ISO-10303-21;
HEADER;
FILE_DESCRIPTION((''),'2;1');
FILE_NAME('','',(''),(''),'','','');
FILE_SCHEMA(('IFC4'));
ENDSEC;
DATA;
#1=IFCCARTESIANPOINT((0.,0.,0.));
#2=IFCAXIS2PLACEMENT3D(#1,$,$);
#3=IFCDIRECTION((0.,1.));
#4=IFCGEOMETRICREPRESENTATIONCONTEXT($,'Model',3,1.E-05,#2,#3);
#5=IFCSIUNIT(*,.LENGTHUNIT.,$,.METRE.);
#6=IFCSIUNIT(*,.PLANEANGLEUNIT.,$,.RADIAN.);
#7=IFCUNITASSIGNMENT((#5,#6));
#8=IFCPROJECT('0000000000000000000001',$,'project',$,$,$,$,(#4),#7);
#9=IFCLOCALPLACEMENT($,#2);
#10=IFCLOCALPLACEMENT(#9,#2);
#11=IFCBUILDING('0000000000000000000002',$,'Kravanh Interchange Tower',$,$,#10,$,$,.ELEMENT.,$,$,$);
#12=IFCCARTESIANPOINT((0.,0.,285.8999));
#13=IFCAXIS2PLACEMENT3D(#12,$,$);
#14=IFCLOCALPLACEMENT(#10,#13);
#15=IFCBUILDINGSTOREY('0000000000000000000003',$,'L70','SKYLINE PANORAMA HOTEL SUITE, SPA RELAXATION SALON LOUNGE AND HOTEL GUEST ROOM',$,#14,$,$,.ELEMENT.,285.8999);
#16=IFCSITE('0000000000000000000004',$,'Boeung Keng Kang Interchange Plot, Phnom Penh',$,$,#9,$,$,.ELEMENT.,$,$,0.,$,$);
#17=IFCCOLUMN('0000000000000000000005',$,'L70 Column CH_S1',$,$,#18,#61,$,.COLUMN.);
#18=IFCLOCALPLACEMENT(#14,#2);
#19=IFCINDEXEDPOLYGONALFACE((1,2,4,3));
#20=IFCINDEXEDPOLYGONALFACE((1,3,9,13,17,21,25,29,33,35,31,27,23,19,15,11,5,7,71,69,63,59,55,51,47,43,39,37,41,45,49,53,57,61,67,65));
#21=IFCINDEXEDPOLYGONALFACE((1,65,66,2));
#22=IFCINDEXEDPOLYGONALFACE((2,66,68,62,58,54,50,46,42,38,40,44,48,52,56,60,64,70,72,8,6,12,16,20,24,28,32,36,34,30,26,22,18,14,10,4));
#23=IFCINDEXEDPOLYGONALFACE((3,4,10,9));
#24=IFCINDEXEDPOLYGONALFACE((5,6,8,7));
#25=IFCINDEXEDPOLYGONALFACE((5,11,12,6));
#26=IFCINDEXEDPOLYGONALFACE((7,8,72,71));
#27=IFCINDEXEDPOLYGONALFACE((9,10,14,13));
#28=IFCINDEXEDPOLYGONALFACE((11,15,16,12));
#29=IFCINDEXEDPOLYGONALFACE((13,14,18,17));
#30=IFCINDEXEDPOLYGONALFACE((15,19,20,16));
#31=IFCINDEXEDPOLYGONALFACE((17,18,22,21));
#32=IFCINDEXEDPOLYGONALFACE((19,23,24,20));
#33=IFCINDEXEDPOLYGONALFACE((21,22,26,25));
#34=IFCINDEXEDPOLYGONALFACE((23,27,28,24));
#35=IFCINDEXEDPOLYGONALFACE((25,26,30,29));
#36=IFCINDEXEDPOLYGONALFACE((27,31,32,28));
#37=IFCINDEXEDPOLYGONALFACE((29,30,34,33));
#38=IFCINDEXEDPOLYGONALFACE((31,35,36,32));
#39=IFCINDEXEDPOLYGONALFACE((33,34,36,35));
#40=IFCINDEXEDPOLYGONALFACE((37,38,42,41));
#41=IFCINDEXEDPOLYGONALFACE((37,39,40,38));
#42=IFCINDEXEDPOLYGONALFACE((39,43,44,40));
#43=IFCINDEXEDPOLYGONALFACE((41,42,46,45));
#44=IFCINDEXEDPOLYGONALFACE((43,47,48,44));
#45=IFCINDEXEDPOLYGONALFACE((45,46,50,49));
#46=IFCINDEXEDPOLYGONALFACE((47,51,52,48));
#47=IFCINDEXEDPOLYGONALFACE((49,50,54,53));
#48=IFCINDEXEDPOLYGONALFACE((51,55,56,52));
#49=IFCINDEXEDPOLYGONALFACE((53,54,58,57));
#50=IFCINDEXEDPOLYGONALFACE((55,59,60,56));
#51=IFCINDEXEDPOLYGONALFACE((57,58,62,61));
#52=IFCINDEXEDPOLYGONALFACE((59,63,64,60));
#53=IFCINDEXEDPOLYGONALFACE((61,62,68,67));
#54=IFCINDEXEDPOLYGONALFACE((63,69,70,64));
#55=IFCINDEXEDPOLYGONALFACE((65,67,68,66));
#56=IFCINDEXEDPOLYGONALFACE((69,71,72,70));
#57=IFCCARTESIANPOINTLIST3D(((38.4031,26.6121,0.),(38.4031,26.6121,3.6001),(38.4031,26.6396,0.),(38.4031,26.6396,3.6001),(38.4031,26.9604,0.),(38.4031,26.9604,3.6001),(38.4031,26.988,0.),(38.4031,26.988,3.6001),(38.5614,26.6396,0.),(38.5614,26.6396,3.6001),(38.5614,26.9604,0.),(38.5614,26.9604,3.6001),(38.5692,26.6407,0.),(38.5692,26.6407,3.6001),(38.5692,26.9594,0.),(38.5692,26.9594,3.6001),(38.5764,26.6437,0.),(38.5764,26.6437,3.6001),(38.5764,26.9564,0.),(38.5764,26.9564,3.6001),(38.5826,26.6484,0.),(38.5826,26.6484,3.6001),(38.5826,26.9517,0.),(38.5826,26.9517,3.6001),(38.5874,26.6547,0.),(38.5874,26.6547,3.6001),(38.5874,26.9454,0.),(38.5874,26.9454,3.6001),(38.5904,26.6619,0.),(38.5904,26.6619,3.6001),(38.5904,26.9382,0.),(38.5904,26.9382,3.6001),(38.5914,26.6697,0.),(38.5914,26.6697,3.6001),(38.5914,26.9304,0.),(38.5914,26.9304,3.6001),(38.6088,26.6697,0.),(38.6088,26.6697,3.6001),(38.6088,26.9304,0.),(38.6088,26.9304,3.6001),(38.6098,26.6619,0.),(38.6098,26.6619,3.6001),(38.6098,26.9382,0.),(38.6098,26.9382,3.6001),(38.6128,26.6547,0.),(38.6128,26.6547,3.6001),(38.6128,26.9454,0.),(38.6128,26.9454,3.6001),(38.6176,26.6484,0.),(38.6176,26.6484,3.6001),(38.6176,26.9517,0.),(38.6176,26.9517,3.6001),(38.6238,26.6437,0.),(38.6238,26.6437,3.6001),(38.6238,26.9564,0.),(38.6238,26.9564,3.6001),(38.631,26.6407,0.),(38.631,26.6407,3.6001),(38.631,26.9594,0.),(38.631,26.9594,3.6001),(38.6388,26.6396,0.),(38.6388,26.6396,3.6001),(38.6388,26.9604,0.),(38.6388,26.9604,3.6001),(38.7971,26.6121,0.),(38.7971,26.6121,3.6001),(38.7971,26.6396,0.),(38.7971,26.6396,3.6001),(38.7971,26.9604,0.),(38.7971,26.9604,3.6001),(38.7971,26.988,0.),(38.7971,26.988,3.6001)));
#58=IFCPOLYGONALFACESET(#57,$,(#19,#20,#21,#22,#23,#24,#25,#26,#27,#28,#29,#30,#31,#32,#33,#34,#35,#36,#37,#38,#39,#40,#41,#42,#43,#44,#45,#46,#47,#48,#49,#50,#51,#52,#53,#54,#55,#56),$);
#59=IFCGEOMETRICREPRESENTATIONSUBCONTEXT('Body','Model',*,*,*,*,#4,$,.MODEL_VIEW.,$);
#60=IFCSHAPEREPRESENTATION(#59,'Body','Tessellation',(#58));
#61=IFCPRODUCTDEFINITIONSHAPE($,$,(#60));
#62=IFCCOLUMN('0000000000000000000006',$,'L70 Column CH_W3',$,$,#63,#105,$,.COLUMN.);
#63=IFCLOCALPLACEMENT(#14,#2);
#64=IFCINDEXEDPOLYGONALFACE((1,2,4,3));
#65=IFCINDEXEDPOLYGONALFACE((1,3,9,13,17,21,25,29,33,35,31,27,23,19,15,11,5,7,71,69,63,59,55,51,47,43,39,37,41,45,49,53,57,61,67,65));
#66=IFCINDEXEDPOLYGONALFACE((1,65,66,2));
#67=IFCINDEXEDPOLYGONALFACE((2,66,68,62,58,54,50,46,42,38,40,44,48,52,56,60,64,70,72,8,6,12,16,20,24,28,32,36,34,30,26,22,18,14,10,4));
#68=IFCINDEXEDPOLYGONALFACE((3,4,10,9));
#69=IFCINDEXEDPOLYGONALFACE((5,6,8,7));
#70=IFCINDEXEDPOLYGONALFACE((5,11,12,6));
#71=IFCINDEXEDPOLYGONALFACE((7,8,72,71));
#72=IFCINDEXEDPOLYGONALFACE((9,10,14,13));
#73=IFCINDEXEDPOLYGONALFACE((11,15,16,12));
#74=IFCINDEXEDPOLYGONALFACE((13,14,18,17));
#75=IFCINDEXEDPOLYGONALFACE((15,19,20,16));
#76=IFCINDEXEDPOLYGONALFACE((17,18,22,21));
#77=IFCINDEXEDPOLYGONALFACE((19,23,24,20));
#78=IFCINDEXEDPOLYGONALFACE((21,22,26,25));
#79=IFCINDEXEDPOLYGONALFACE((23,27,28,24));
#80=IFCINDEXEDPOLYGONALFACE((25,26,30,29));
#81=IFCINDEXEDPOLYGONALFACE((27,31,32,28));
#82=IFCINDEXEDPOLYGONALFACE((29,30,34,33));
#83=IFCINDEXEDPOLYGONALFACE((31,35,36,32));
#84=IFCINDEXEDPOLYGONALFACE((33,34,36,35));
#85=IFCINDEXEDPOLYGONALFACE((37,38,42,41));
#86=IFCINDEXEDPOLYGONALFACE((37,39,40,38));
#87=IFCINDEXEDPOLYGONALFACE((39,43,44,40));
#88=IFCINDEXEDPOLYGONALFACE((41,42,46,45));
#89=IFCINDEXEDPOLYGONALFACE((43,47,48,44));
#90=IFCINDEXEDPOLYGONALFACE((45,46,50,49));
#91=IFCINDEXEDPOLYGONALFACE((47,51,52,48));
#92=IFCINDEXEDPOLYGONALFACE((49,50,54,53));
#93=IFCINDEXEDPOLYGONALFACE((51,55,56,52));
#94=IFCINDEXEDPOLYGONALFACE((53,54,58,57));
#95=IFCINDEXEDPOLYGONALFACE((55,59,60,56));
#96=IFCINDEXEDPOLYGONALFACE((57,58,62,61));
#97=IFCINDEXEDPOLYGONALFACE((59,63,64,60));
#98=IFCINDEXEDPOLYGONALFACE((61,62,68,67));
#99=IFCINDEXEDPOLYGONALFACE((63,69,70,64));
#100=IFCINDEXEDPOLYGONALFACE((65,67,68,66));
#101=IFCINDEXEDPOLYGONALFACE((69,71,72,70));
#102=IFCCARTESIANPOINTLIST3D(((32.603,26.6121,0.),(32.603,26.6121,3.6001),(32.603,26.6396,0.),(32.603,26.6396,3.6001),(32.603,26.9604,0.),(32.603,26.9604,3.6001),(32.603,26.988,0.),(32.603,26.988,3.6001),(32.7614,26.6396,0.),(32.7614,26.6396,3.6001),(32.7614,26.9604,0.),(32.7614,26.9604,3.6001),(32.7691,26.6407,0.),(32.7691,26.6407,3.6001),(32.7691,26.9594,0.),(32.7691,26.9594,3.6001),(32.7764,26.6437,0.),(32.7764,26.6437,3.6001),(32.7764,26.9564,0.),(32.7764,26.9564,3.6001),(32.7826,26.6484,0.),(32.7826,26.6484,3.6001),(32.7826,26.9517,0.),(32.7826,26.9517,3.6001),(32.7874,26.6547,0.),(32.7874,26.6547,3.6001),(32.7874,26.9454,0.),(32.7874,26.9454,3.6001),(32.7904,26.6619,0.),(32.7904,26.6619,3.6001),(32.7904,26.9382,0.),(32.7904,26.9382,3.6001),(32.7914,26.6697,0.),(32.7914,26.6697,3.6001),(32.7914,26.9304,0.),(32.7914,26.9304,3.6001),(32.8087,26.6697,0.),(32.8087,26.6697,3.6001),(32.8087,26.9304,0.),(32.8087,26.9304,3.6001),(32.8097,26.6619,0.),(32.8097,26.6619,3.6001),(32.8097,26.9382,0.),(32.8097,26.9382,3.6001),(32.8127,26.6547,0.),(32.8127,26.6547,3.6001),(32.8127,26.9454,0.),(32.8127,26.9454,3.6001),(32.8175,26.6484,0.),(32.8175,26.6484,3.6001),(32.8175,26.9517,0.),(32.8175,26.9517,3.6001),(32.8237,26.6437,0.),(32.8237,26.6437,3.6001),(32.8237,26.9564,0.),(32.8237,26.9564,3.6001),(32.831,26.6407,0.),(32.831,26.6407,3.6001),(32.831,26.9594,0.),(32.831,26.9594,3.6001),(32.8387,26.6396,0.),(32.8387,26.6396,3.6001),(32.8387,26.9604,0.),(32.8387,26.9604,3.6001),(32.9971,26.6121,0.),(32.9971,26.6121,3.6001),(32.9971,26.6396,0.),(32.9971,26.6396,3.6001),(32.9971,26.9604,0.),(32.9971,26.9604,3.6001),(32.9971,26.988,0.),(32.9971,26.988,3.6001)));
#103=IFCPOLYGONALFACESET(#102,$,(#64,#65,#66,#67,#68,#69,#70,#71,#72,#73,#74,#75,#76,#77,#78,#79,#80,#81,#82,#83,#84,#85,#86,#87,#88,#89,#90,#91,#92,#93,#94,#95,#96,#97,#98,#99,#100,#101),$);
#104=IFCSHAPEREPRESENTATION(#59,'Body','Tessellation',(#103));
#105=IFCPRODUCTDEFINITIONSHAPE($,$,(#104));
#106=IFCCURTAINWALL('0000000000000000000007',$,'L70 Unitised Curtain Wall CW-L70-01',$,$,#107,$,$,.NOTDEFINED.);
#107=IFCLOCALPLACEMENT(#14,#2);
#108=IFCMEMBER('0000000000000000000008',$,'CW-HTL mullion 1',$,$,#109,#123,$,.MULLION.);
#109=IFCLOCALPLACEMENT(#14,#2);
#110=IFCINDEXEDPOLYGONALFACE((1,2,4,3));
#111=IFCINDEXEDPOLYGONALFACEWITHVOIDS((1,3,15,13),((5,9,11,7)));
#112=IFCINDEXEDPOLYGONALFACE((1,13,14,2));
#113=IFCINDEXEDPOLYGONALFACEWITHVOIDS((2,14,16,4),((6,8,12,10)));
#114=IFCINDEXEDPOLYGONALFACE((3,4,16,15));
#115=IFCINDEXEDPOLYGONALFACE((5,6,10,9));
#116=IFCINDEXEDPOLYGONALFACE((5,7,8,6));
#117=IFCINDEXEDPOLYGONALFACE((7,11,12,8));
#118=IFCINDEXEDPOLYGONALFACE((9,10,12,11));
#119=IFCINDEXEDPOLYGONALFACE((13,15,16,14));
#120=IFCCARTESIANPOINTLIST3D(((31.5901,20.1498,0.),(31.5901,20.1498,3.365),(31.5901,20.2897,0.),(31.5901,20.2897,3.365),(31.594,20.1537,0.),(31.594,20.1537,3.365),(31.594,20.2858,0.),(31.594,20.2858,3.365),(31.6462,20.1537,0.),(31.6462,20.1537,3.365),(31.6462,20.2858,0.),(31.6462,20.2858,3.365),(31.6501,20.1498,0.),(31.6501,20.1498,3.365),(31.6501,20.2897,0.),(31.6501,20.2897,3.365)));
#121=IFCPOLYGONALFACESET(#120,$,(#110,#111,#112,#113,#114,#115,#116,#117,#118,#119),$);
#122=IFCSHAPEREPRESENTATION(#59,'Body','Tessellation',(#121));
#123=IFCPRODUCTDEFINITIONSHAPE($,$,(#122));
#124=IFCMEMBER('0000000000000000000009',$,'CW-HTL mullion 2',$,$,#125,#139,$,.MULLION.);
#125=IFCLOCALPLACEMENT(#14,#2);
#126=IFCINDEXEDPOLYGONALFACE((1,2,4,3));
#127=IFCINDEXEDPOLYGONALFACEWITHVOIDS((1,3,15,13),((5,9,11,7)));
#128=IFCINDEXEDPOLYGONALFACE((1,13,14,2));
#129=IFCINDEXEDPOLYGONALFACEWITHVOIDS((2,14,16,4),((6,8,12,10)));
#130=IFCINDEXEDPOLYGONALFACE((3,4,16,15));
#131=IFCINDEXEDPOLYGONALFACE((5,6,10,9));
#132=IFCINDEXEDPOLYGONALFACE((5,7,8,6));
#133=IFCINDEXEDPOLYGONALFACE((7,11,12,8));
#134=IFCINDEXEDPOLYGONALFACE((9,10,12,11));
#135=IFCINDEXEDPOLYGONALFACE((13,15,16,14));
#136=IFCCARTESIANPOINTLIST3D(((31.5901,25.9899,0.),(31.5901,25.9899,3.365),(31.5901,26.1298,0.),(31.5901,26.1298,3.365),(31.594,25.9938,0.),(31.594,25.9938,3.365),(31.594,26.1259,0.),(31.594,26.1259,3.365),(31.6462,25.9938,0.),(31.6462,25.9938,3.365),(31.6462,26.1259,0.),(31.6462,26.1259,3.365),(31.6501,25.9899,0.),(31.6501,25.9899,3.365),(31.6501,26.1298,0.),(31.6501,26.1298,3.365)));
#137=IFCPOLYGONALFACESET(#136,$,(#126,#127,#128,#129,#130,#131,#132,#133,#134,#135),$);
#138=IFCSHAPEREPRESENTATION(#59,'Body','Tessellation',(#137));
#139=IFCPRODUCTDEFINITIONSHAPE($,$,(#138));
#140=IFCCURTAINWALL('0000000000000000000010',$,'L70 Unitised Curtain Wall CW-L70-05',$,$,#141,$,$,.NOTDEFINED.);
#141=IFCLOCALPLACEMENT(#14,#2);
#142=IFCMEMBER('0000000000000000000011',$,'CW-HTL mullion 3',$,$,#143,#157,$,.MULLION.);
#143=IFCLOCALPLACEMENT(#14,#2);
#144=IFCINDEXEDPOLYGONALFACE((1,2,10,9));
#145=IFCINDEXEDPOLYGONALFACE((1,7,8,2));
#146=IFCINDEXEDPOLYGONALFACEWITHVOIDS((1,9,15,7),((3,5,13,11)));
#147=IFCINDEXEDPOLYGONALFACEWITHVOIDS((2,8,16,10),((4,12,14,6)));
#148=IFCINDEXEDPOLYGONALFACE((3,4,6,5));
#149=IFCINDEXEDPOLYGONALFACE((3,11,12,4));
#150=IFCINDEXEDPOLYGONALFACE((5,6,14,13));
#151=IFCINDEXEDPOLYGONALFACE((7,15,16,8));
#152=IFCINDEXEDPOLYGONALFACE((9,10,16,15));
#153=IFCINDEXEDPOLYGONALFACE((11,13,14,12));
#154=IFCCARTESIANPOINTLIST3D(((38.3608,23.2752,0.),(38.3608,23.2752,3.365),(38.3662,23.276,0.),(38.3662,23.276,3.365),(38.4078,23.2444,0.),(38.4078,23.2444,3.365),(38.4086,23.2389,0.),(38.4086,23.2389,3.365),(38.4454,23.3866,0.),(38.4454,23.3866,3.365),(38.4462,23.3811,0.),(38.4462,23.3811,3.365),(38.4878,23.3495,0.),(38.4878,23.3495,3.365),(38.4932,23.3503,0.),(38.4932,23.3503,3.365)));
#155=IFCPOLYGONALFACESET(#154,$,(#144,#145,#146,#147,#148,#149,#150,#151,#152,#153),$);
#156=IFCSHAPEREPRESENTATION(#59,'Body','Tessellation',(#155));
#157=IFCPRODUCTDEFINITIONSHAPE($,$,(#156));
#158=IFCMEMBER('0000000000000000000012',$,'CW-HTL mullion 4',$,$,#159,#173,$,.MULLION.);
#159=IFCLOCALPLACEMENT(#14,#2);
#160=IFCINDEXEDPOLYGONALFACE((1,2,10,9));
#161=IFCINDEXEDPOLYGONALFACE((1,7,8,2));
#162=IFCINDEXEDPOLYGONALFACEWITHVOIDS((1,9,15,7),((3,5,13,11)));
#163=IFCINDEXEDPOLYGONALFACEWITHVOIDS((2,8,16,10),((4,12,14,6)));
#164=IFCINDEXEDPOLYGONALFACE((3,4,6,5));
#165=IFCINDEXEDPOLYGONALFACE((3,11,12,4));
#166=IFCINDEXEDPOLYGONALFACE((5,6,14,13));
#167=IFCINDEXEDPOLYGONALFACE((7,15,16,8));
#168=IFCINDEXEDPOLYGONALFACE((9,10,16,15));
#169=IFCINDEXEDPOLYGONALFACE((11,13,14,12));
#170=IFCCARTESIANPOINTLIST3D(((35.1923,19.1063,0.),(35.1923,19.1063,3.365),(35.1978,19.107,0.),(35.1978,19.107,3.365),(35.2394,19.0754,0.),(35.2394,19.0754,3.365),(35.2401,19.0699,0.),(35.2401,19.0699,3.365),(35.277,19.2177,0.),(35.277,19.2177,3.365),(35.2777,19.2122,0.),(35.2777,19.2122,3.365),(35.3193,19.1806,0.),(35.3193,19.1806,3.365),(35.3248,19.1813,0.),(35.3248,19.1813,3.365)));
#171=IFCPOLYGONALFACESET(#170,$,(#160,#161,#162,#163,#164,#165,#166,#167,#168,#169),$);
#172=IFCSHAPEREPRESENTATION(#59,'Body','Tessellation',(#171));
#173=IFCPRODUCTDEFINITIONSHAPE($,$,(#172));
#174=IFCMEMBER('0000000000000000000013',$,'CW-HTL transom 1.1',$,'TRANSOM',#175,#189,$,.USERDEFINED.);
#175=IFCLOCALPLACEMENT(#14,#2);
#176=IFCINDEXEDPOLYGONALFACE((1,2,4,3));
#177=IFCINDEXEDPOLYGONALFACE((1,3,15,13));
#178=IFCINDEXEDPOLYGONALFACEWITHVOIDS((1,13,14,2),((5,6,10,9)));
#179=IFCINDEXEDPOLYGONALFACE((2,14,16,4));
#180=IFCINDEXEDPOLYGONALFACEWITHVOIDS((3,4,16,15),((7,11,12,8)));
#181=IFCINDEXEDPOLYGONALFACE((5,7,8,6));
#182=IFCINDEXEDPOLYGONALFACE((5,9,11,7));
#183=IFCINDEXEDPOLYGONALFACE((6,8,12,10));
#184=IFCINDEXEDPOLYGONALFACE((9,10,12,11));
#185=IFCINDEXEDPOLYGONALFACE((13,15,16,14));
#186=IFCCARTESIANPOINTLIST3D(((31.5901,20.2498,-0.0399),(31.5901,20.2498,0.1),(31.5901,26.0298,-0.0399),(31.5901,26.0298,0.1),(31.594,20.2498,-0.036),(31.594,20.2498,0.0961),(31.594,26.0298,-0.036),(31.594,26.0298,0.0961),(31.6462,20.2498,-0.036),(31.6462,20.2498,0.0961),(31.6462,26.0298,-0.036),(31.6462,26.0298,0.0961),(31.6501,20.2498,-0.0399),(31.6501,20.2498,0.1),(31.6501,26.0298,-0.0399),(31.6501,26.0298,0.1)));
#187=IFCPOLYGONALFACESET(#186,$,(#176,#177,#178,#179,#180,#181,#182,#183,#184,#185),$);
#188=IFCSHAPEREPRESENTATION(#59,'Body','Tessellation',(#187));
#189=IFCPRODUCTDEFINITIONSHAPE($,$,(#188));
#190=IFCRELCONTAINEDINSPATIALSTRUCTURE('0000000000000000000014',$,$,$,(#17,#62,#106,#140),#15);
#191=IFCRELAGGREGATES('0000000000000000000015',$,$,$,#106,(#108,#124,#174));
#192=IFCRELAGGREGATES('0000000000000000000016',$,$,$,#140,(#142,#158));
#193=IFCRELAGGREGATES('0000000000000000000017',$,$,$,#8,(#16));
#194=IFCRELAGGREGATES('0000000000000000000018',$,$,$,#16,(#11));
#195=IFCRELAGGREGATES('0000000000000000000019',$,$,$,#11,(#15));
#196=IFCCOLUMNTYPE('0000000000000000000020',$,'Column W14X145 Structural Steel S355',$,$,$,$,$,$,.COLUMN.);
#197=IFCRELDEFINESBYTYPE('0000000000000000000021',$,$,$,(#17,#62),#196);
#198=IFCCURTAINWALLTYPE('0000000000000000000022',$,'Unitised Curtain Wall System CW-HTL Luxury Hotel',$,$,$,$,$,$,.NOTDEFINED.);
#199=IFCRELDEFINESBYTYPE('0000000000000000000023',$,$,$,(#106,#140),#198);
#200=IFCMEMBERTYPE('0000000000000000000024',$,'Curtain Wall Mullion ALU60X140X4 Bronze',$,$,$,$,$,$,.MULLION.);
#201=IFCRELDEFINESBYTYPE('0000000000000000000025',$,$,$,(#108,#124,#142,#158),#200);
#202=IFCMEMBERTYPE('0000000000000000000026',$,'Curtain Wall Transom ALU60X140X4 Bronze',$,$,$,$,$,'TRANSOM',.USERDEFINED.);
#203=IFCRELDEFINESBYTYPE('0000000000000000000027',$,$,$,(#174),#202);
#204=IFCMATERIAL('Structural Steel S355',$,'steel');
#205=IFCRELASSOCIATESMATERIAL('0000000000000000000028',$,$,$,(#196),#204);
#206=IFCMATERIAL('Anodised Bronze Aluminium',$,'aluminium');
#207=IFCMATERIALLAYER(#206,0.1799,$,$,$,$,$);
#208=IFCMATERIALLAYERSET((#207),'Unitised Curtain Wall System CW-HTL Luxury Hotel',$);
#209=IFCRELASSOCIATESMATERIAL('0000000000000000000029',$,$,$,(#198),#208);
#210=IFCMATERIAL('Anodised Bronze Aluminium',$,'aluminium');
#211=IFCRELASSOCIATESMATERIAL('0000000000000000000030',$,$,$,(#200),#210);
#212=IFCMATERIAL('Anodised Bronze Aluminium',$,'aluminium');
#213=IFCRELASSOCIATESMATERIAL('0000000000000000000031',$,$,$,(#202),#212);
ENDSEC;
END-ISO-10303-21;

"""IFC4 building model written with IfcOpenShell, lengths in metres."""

from ifc_helpers import new_model, si_unit, direction, frame, origin, origin_2d, place, context, subcontext, project, spatial, hollow_rectangle, i_section, extrude, material, layer, layer_set, material_profile, profile_set, type_object, element, aggregate, save


model = new_model("IFC4")

# Units and contexts
model_context = context("Model", 3, precision=1e-05, world=origin(), true_north=direction((0.0, 1.0)))
body_context = subcontext(model_context, "Body", "Model", "MODEL_VIEW")
ifc_project = project(units=[si_unit("LENGTHUNIT", "METRE"), si_unit("PLANEANGLEUNIT", "RADIAN")], contexts=[model_context])

# Site, building, storey
site_placement = place(None, origin())
site = spatial("IfcSite", under=ifc_project, at=site_placement, Name="Boeung Keng Kang Interchange Plot, Phnom Penh", CompositionType="ELEMENT", RefElevation=0.0)
building_placement = place(site_placement, origin())
building = spatial("IfcBuilding", under=site, at=building_placement, Name="Kravanh Interchange Tower", CompositionType="ELEMENT")
storey_placement = place(building_placement, frame((0.0, 0.0, 285.8999)))
storey = spatial("IfcBuildingStorey", under=building, at=storey_placement, Name="L70", Description="SKYLINE PANORAMA HOTEL SUITE, SPA RELAXATION SALON LOUNGE AND HOTEL GUEST ROOM", CompositionType="ELEMENT", Elevation=285.8999)

# Columns
ifc_material_1 = material(Name="Structural Steel S355", Category="steel")
ifc_material_profile_1 = material_profile(ifc_material_1, i_section(OverallWidth=0.394, OverallDepth=0.376, WebThickness=0.0173, FlangeThickness=0.0276, FilletRadius=0.03, at=origin_2d()), Name="W14X145")
ifc_profile_set_1 = profile_set([ifc_material_profile_1], Name="Structural Steel S355")
column_type = type_object("IfcColumnType", Name="Column W14X145 Structural Steel S355", PredefinedType="COLUMN", material=ifc_profile_set_1)
for number, where, z_axis, x_axis, name in (
    (1, (38.6001, 26.8, 0.0), (0.0, 0.0, 1.0), (1.0, 0.0, 0.0), "L70 Column CH_S1"),
    (2, (32.8, 26.8, 0.0), (0.0, 0.0, 1.0), (1.0, 0.0, 0.0), "L70 Column CH_W3"),
):
    element("IfcColumn", number, at=place(storey_placement, frame(where, z_axis=z_axis, x_axis=x_axis)), inside=storey, type_object=column_type, Name=name, PredefinedType="COLUMN", context=body_context, shape_type="SweptSolid", body=[
        extrude(i_section(OverallWidth=0.394, OverallDepth=0.376, WebThickness=0.0173, FlangeThickness=0.0276, FilletRadius=0.03, at=origin_2d()), origin(), (0.0, 0.0, 1.0), 3.6001),
    ])

# Curtain walls, members
ifc_material_2 = material(Name="Anodised Bronze Aluminium", Category="aluminium")
ifc_layer_1 = layer(ifc_material_2, 0.1799)
ifc_layer_set_1 = layer_set([ifc_layer_1], Name="Unitised Curtain Wall System CW-HTL Luxury Hotel")
curtain_wall_type = type_object("IfcCurtainWallType", Name="Unitised Curtain Wall System CW-HTL Luxury Hotel", PredefinedType="NOTDEFINED", material=ifc_layer_set_1)
curtain_wall_1_placement = place(storey_placement, origin())
curtain_wall_1 = element("IfcCurtainWall", 3, at=curtain_wall_1_placement, inside=storey, type_object=curtain_wall_type, Name="L70 Unitised Curtain Wall CW-L70-01", PredefinedType="NOTDEFINED")
ifc_material_3 = material(Name="Anodised Bronze Aluminium", Category="aluminium")
ifc_material_profile_2 = material_profile(ifc_material_3, hollow_rectangle(XDim=0.0601, YDim=0.1399, WallThickness=0.0039, at=origin_2d()), Name="ALU60X140X4")
ifc_profile_set_2 = profile_set([ifc_material_profile_2], Name="Anodised Bronze Aluminium")
member_type_1 = type_object("IfcMemberType", Name="Curtain Wall Mullion ALU60X140X4 Bronze", PredefinedType="MULLION", material=ifc_profile_set_2)
member_1_placement = place(storey_placement, frame((31.6201, 20.2197, 0.0), z_axis=(0.0, 0.0, 1.0), x_axis=(-1.0, 0.0, 0.0)))
member_1 = element("IfcMember", 4, at=member_1_placement, type_object=member_type_1, Name="CW-HTL mullion 1", PredefinedType="MULLION", context=body_context, shape_type="SweptSolid", body=[
    extrude(hollow_rectangle(XDim=0.0601, YDim=0.1399, WallThickness=0.0039, at=origin_2d()), origin(), (0.0, 0.0, 1.0), 3.365),
])
member_2_placement = place(storey_placement, frame((31.6201, 26.0598, 0.0), z_axis=(0.0, 0.0, 1.0), x_axis=(-1.0, 0.0, 0.0)))
member_2 = element("IfcMember", 5, at=member_2_placement, type_object=member_type_1, Name="CW-HTL mullion 2", PredefinedType="MULLION", context=body_context, shape_type="SweptSolid", body=[
    extrude(hollow_rectangle(XDim=0.0601, YDim=0.1399, WallThickness=0.0039, at=origin_2d()), origin(), (0.0, 0.0, 1.0), 3.365),
])
curtain_wall_2_placement = place(storey_placement, origin())
curtain_wall_2 = element("IfcCurtainWall", 6, at=curtain_wall_2_placement, inside=storey, type_object=curtain_wall_type, Name="L70 Unitised Curtain Wall CW-L70-05", PredefinedType="NOTDEFINED")
member_3_placement = place(storey_placement, frame((38.427, 23.3127, 0.0), z_axis=(0.0, 0.0, 1.0), x_axis=(0.796162, -0.605083, 0.0)))
member_3 = element("IfcMember", 7, at=member_3_placement, type_object=member_type_1, Name="CW-HTL mullion 3", PredefinedType="MULLION", context=body_context, shape_type="SweptSolid", body=[
    extrude(hollow_rectangle(XDim=0.0601, YDim=0.1399, WallThickness=0.0039, at=origin_2d()), origin(), (0.0, 0.0, 1.0), 3.365),
])
member_4_placement = place(storey_placement, frame((35.2585, 19.1438, 0.0), z_axis=(0.0, 0.0, 1.0), x_axis=(0.796162, -0.605083, 0.0)))
member_4 = element("IfcMember", 8, at=member_4_placement, type_object=member_type_1, Name="CW-HTL mullion 4", PredefinedType="MULLION", context=body_context, shape_type="SweptSolid", body=[
    extrude(hollow_rectangle(XDim=0.0601, YDim=0.1399, WallThickness=0.0039, at=origin_2d()), origin(), (0.0, 0.0, 1.0), 3.365),
])

# Member
ifc_material_4 = material(Name="Anodised Bronze Aluminium", Category="aluminium")
ifc_material_profile_3 = material_profile(ifc_material_4, hollow_rectangle(XDim=0.0601, YDim=0.1399, WallThickness=0.0039, at=origin_2d()), Name="ALU60X140X4")
ifc_profile_set_3 = profile_set([ifc_material_profile_3], Name="Anodised Bronze Aluminium")
member_type_2 = type_object("IfcMemberType", Name="Curtain Wall Transom ALU60X140X4 Bronze", ElementType="TRANSOM", PredefinedType="USERDEFINED", material=ifc_profile_set_3)
member_5_placement = place(storey_placement, frame((31.6201, 20.2498, 0.03), z_axis=(0.0, 1.0, 0.0), x_axis=(-1.0, 0.0, 0.0)))
member_5 = element("IfcMember", 9, at=member_5_placement, type_object=member_type_2, Name="CW-HTL transom 1.1", ObjectType="TRANSOM", PredefinedType="USERDEFINED", context=body_context, shape_type="SweptSolid", body=[
    extrude(hollow_rectangle(XDim=0.0601, YDim=0.1399, WallThickness=0.0039, at=origin_2d()), origin(), (0.0, 0.0, 1.0), 5.78),
])

aggregate(curtain_wall_1, [member_1, member_2, member_5])
aggregate(curtain_wall_2, [member_3, member_4])

save(model, "model.ifc")
